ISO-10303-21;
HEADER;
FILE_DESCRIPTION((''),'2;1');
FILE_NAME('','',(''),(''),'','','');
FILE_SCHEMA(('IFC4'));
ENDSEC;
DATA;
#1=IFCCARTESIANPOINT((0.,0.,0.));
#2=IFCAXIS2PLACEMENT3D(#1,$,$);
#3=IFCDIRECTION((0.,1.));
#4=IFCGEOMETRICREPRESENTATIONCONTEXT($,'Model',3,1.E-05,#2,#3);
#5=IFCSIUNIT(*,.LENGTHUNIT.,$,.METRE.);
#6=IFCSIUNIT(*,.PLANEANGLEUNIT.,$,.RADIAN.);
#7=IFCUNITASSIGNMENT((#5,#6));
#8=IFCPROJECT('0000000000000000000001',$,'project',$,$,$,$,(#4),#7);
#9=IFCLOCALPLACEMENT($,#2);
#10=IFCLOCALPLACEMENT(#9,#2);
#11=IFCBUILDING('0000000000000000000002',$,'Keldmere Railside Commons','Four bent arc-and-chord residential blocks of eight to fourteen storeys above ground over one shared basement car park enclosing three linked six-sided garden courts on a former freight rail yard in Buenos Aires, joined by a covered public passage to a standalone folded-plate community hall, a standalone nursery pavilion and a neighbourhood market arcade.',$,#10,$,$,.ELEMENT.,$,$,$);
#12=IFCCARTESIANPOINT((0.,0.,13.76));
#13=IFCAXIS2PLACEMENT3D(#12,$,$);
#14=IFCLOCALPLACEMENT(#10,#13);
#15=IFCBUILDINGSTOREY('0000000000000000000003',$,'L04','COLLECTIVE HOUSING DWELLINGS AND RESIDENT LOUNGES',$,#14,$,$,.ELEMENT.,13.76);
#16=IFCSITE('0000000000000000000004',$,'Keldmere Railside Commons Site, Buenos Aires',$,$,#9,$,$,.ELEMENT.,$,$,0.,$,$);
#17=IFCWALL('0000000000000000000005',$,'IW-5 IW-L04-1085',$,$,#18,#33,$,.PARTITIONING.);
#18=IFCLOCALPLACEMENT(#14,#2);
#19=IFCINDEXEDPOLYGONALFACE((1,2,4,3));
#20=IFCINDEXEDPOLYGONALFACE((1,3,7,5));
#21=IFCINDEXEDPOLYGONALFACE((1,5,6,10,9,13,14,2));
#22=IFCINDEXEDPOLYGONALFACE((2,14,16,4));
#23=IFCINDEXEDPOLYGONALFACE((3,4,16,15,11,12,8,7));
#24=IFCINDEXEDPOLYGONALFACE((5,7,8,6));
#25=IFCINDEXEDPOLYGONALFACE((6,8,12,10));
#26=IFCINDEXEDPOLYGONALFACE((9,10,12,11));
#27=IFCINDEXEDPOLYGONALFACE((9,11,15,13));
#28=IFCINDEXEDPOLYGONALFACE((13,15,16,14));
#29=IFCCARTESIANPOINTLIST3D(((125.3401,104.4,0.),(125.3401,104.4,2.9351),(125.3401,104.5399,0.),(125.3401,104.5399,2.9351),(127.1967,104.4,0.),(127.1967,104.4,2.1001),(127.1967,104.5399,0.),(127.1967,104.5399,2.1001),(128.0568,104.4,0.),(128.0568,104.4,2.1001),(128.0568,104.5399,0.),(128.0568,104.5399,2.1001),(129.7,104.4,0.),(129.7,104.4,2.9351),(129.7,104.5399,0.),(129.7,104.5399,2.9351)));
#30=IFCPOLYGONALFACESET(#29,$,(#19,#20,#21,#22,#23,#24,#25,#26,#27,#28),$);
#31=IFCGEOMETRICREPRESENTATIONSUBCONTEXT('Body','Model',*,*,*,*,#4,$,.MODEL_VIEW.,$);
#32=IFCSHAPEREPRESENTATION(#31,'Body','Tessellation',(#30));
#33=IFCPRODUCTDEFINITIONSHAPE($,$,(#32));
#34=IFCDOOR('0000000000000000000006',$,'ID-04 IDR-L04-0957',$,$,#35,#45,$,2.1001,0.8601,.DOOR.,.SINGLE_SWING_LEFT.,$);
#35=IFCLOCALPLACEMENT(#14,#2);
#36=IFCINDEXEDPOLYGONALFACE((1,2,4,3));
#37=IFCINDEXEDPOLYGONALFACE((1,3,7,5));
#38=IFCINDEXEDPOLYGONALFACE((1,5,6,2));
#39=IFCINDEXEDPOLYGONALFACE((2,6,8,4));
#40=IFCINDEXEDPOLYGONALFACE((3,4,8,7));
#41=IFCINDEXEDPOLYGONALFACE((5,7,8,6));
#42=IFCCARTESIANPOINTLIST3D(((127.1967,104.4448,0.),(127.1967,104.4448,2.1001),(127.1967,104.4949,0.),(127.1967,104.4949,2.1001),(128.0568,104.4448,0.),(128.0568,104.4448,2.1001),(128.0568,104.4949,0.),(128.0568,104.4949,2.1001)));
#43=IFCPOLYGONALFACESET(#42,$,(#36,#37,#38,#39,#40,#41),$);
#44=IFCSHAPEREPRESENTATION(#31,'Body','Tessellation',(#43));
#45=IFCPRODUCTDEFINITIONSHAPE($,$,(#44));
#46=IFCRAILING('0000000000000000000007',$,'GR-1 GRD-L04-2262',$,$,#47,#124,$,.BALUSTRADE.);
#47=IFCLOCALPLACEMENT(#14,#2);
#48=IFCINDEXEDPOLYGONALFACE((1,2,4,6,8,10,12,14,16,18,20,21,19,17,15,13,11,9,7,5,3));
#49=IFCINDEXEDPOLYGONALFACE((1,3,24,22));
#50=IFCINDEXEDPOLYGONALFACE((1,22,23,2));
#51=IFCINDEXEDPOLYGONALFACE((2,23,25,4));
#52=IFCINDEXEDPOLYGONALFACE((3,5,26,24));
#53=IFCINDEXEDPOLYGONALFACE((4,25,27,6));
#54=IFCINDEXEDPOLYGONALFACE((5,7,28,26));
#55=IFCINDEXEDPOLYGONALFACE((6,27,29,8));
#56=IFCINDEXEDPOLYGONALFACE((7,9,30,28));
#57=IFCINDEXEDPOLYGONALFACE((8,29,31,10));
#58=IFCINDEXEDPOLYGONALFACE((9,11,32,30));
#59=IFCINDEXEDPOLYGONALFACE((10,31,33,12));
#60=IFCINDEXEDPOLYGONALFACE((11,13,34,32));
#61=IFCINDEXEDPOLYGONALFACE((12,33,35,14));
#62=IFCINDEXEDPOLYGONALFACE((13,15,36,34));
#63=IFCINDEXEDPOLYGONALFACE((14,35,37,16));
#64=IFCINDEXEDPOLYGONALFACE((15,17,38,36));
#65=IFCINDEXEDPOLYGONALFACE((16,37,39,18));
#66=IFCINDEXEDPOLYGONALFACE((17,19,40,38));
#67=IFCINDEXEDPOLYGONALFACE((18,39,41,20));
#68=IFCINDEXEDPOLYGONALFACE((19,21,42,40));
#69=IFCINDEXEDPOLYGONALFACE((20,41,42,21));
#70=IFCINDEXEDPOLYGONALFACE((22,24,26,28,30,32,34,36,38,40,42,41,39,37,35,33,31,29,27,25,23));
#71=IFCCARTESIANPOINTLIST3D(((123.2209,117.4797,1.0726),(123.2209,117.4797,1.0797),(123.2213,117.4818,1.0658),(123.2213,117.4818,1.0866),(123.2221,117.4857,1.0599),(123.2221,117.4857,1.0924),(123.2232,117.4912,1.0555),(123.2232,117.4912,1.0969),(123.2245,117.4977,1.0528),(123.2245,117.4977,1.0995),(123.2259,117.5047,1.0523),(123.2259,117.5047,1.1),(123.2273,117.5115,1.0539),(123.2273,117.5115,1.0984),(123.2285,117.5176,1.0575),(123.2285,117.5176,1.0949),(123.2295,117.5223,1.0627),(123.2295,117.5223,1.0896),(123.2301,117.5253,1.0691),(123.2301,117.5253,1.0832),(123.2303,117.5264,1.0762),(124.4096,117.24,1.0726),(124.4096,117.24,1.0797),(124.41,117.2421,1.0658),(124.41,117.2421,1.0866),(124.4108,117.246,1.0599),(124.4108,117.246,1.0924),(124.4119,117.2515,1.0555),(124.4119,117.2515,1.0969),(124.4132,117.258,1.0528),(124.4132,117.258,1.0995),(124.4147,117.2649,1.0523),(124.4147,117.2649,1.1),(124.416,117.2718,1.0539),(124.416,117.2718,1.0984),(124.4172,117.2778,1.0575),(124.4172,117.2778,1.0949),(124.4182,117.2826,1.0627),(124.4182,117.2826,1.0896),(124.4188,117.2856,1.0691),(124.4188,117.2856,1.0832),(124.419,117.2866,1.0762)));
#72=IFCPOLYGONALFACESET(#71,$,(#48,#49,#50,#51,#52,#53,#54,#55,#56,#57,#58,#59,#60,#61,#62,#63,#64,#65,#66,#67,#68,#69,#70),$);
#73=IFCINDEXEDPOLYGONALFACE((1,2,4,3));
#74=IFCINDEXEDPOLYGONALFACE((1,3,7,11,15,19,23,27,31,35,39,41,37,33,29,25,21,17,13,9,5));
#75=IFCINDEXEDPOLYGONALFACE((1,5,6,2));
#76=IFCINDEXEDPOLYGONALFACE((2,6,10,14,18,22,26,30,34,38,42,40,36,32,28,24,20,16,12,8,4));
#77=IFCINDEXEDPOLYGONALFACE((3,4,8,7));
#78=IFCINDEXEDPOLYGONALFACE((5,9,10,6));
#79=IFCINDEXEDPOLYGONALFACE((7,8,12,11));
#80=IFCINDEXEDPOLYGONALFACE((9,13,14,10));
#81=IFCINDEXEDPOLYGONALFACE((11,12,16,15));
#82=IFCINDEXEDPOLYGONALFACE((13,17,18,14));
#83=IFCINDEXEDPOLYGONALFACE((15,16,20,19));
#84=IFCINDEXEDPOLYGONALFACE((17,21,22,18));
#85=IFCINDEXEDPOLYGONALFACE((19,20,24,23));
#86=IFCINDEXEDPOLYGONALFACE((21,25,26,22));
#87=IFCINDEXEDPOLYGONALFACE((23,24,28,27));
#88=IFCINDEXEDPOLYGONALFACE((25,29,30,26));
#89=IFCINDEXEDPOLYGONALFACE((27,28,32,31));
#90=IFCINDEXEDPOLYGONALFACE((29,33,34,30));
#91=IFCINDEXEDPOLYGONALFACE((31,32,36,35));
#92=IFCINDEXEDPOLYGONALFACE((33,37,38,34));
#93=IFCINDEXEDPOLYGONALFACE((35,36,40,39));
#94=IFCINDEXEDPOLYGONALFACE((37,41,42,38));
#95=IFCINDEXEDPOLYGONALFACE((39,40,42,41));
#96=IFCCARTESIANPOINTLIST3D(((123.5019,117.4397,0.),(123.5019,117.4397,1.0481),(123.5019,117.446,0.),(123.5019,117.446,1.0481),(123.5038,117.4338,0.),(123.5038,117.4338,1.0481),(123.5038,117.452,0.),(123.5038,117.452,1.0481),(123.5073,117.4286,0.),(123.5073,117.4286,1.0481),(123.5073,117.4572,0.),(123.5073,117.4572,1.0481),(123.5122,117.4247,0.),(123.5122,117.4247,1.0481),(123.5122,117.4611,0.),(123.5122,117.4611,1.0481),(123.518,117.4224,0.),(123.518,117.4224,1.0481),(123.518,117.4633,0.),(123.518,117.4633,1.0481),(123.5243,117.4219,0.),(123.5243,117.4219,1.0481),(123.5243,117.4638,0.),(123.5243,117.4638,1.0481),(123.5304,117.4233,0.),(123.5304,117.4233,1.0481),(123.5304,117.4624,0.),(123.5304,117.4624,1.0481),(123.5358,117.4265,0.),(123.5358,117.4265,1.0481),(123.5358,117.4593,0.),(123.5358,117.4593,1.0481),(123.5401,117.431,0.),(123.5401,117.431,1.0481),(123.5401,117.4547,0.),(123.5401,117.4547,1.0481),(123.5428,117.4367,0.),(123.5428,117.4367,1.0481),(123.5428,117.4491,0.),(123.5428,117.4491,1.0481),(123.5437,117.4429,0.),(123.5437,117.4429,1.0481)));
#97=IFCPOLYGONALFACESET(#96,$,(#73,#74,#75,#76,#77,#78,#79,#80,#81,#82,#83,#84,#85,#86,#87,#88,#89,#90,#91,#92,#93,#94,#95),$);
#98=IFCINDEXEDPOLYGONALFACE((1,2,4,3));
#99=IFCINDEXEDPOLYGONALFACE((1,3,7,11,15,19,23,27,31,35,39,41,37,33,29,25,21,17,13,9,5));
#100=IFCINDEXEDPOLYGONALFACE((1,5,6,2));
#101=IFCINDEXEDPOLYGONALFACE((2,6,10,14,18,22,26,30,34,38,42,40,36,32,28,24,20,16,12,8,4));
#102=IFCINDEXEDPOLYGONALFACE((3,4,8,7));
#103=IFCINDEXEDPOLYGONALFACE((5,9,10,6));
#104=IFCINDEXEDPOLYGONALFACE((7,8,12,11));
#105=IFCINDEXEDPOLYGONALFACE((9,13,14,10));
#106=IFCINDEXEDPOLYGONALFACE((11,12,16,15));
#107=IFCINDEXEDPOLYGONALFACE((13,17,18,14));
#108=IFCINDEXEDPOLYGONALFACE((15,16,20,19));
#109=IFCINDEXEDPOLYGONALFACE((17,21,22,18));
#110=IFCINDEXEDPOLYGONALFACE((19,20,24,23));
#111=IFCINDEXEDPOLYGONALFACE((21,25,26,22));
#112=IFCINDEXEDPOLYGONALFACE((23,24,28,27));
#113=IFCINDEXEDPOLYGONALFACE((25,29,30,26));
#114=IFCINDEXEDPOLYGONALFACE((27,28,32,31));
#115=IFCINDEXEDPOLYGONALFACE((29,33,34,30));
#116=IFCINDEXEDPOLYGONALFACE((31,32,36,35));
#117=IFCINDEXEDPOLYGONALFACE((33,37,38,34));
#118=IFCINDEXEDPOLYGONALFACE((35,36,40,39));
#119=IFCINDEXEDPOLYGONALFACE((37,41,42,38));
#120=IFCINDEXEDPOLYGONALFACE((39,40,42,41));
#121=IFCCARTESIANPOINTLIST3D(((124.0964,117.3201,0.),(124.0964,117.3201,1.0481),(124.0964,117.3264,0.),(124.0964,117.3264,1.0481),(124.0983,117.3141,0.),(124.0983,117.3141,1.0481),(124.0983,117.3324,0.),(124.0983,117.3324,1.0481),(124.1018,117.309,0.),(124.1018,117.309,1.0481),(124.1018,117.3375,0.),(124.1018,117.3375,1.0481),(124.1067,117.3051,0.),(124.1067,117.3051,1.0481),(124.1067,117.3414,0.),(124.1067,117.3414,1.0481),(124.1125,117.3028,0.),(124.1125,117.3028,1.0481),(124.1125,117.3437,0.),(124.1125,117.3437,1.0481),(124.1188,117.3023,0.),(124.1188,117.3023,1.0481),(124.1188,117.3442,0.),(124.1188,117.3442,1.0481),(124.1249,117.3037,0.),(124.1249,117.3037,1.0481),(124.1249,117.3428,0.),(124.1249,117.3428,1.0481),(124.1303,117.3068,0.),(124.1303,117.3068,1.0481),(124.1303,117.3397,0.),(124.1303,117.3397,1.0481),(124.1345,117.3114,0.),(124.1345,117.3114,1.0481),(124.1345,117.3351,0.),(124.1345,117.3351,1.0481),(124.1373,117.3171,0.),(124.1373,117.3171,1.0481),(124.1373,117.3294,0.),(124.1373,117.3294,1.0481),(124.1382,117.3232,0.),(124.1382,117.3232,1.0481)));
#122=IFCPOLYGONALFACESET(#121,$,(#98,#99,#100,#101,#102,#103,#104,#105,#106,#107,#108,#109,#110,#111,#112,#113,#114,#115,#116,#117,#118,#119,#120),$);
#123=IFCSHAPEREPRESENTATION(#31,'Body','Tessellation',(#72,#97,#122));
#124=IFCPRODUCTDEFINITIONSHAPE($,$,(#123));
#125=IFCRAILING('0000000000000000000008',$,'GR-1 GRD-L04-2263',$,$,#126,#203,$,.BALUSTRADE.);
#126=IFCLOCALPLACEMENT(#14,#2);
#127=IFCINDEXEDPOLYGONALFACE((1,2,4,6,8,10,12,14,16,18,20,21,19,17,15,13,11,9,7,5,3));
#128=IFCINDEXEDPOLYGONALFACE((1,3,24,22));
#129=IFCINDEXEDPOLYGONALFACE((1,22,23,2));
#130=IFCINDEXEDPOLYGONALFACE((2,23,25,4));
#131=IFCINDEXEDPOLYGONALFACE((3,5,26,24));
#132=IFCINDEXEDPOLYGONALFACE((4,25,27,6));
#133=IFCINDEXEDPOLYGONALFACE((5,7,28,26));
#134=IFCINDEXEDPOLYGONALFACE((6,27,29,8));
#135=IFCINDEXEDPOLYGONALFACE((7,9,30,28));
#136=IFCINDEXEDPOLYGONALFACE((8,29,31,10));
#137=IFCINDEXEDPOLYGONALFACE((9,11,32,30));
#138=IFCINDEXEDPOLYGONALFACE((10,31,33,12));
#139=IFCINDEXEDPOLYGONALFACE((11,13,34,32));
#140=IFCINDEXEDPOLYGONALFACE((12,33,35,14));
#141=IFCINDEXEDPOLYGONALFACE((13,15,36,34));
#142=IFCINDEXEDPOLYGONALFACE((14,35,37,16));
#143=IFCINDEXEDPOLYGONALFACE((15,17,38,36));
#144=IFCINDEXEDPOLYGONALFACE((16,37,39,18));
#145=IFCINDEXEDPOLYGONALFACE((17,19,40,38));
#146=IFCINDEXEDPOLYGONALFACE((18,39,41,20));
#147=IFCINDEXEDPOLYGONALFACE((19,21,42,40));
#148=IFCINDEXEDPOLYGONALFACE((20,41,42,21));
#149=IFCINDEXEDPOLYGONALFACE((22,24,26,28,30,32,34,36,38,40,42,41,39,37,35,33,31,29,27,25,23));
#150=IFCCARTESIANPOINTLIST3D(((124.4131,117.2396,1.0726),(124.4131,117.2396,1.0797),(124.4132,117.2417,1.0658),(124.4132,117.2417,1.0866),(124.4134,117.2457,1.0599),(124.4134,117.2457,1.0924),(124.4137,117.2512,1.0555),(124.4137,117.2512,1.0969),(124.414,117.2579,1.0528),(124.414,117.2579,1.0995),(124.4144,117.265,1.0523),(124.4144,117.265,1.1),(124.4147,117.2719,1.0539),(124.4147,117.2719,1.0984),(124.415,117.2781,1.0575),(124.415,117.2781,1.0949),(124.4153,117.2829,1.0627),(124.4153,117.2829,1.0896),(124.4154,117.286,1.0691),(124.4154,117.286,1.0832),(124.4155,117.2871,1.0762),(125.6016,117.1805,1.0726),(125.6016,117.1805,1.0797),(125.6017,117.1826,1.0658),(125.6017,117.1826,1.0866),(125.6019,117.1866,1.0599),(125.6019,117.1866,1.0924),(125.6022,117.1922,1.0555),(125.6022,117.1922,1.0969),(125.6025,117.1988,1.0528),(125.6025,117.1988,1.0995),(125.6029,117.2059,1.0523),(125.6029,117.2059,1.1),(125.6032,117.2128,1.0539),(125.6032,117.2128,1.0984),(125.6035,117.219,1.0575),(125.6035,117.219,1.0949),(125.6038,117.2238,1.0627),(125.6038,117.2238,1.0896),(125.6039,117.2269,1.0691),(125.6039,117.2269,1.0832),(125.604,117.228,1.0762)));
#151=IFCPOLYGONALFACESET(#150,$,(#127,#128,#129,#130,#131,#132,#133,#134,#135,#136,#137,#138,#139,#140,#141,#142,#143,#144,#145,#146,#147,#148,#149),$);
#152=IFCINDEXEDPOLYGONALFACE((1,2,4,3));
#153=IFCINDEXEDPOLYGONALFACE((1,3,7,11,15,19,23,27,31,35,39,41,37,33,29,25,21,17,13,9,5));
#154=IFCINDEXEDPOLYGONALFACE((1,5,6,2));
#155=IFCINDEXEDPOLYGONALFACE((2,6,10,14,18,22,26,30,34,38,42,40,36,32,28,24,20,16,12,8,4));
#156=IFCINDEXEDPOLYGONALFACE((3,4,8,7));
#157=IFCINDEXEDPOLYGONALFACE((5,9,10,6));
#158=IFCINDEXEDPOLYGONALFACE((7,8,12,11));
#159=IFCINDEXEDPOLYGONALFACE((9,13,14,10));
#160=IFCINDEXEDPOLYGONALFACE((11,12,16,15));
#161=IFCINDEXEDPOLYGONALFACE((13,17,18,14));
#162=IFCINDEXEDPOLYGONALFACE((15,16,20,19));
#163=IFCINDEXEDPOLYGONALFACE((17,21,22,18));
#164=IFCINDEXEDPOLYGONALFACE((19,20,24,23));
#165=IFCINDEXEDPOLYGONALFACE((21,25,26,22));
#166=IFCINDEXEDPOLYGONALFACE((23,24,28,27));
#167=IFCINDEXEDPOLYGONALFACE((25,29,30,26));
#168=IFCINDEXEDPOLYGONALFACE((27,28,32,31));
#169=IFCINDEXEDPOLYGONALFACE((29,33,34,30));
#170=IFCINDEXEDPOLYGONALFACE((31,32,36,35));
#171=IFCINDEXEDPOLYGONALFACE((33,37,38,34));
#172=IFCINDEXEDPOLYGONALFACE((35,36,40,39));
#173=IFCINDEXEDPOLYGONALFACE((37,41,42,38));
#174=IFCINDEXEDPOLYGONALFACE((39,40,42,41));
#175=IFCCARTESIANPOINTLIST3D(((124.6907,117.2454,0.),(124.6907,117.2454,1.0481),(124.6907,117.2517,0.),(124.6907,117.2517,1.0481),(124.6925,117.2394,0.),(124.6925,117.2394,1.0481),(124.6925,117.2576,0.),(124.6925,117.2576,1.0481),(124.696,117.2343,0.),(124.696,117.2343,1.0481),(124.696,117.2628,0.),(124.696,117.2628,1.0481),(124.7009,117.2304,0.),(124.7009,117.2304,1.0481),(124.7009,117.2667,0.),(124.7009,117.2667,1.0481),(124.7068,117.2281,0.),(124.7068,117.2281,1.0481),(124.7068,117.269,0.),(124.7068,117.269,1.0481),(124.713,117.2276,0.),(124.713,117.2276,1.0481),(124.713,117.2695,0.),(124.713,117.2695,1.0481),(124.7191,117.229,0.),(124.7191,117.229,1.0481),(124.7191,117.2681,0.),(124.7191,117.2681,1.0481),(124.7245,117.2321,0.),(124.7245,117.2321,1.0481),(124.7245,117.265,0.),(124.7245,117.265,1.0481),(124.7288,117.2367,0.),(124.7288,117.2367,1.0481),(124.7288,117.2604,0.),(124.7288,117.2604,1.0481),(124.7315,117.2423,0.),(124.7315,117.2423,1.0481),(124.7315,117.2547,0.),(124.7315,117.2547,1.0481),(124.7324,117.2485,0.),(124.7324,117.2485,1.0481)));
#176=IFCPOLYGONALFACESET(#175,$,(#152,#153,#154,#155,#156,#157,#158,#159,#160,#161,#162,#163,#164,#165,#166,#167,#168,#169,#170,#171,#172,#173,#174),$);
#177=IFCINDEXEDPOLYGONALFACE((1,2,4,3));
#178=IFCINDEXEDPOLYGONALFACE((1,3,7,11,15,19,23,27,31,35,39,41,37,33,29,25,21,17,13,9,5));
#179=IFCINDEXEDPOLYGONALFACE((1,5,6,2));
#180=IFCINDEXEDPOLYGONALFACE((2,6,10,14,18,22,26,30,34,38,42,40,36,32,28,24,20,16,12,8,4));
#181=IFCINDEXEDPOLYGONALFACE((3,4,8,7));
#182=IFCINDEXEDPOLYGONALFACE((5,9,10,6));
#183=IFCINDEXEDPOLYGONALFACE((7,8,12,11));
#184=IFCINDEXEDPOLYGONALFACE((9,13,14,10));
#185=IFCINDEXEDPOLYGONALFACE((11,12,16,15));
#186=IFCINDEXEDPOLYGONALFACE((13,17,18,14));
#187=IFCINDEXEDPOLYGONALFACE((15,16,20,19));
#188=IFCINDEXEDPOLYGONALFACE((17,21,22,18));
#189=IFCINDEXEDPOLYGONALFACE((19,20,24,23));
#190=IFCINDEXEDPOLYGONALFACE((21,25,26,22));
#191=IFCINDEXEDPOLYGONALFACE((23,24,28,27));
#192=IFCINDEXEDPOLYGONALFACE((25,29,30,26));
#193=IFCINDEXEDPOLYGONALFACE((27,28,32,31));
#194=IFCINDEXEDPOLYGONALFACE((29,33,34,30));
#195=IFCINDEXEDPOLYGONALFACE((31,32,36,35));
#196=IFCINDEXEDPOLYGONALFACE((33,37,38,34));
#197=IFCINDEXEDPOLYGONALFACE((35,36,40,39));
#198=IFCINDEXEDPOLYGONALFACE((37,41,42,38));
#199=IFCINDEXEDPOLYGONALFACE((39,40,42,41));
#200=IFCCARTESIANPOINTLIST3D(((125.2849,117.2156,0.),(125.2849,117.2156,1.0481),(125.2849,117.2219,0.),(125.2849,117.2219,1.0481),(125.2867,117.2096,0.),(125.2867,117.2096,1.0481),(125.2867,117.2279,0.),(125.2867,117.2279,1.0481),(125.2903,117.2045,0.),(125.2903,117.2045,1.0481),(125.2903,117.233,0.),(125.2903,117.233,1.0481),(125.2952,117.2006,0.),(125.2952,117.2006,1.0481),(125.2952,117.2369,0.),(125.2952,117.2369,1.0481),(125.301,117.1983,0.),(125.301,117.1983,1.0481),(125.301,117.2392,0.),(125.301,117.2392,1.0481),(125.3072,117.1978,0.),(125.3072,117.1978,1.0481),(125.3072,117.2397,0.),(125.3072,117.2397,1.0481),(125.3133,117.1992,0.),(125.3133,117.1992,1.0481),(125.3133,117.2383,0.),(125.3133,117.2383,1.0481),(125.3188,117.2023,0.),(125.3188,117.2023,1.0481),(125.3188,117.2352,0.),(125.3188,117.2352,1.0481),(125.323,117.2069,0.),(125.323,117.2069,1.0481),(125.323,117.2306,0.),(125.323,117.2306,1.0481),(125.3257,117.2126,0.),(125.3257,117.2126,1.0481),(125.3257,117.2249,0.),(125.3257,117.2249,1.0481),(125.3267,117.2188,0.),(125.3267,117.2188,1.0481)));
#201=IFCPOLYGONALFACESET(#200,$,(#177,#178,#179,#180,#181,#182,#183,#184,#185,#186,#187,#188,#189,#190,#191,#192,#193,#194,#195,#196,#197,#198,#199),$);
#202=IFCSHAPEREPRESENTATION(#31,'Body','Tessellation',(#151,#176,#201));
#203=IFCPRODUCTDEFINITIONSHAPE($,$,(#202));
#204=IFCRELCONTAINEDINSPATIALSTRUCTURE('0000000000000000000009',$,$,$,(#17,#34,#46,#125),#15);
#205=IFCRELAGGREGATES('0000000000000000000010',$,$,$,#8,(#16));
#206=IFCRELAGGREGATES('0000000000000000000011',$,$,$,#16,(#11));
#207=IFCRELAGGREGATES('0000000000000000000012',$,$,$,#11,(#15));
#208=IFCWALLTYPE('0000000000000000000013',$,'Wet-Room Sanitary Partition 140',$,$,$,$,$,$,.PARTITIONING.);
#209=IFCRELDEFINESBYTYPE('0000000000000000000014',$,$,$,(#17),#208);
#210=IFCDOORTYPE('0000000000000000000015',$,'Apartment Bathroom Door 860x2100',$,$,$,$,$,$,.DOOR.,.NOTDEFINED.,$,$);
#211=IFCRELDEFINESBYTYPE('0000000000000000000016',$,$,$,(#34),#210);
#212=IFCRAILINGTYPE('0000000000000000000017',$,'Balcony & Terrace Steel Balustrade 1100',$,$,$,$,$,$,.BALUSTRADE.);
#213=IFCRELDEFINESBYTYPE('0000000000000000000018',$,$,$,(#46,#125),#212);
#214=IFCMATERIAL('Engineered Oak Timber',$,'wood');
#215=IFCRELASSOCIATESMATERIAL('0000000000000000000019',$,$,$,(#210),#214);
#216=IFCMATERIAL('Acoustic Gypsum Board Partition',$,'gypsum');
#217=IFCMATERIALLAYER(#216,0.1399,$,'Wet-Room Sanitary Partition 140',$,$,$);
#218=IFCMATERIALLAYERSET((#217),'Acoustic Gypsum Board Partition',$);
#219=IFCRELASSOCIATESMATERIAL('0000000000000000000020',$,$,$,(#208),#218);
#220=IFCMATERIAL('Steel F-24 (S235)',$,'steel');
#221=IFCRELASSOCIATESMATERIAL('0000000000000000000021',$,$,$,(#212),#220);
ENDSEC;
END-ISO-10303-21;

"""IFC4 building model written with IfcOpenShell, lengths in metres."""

from ifc_helpers import new_model, si_unit, direction, frame, frame_2d, origin, origin_2d, place, context, subcontext, project, spatial, rectangle, circle, extrude, material, layer, layer_set, type_object, element, fill, save


model = new_model("IFC4")

# Units and contexts
model_context = context("Model", 3, precision=1e-05, world=origin(), true_north=direction((0.0, 1.0)))
body_context = subcontext(model_context, "Body", "Model", "MODEL_VIEW")
ifc_project = project(units=[si_unit("LENGTHUNIT", "METRE"), si_unit("PLANEANGLEUNIT", "RADIAN")], contexts=[model_context])

# Site, building, storey
site_placement = place(None, origin())
site = spatial("IfcSite", under=ifc_project, at=site_placement, Name="Keldmere Railside Commons Site, Buenos Aires", CompositionType="ELEMENT", RefElevation=0.0)
building_placement = place(site_placement, origin())
building = spatial("IfcBuilding", under=site, at=building_placement, Name="Keldmere Railside Commons", Description="Four bent arc-and-chord residential blocks of eight to fourteen storeys above ground over one shared basement car park enclosing three linked six-sided garden courts on a former freight rail yard in Buenos Aires, joined by a covered public passage to a standalone folded-plate community hall, a standalone nursery pavilion and a neighbourhood market arcade.", CompositionType="ELEMENT")
storey_placement = place(building_placement, frame((0.0, 0.0, 13.76)))
storey = spatial("IfcBuildingStorey", under=building, at=storey_placement, Name="L04", Description="COLLECTIVE HOUSING DWELLINGS AND RESIDENT LOUNGES", CompositionType="ELEMENT", Elevation=13.76)

# Shared definitions
ifc_material_1 = material(Name="Acoustic Gypsum Board Partition", Category="gypsum")
ifc_material_2 = material(Name="Engineered Oak Timber", Category="wood")
door_type_1 = type_object("IfcDoorType", Name="Apartment Bathroom Door 860x2100", OperationType="NOTDEFINED", PredefinedType="DOOR", material=ifc_material_2)

# Wall, opening, door
ifc_layer_1 = layer(ifc_material_1, 0.1399, Name="Wet-Room Sanitary Partition 140")
ifc_layer_set_1 = layer_set([ifc_layer_1], Name="Acoustic Gypsum Board Partition")
wall_type_1 = type_object("IfcWallType", Name="Wet-Room Sanitary Partition 140", PredefinedType="PARTITIONING", material=ifc_layer_set_1)
wall_1_placement = place(storey_placement, frame((125.3401, 104.47, 0.0), z_axis=(0.0, 0.0, 1.0), x_axis=(1.0, 0.0, 0.0)))
wall_1 = element("IfcWall", 1, at=wall_1_placement, inside=storey, type_object=wall_type_1, Name="IW-5 IW-L04-1085", PredefinedType="PARTITIONING", context=body_context, shape_type="SweptSolid", body=[
    extrude(rectangle(XDim=4.3599, YDim=0.1399, at=frame_2d((2.1799, 0.0))), origin(), (0.0, 0.0, 1.0), 2.9351),
])
opening_1_placement = place(wall_1_placement, frame((1.8564, 0.0, 0.0)))
opening_1 = element("IfcOpeningElement", 2, at=opening_1_placement, cuts=wall_1, PredefinedType="OPENING", context=body_context, shape_type="SweptSolid", body=[
    extrude(rectangle(XDim=0.8601, YDim=2.1001, at=frame_2d((0.4302, 1.05))), frame((0.0, 0.0798, 0.0), z_axis=(0.0, -1.0, 0.0), x_axis=(1.0, 0.0, 0.0)), (0.0, 0.0, 1.0), 0.1599),
])
door_1_placement = place(opening_1_placement, origin())
door_1 = element("IfcDoor", 3, at=door_1_placement, inside=storey, type_object=door_type_1, Name="ID-04 IDR-L04-0957", OperationType="SINGLE_SWING_LEFT", OverallHeight=2.1001, OverallWidth=0.8601, PredefinedType="DOOR", context=body_context, shape_type="SweptSolid", body=[
    extrude(rectangle(XDim=0.8601, YDim=2.1001, at=frame_2d((0.4302, 1.05))), frame((0.0, 0.0249, 0.0), z_axis=(0.0, -1.0, 0.0), x_axis=(1.0, 0.0, 0.0)), (0.0, 0.0, 1.0), 0.05),
])
fill(opening_1, door_1)

# Railings
ifc_material_3 = material(Name="Steel F-24 (S235)", Category="steel")
railing_type_1 = type_object("IfcRailingType", Name="Balcony & Terrace Steel Balustrade 1100", PredefinedType="BALUSTRADE", material=ifc_material_3)
railing_1_placement = place(storey_placement, frame((123.2256, 117.5029, 0.0)))
element("IfcRailing", 4, at=railing_1_placement, inside=storey, type_object=railing_type_1, Name="GR-1 GRD-L04-2262", PredefinedType="BALUSTRADE", context=body_context, shape_type="SweptSolid", body=[
    extrude(circle(Radius=0.0239, at=origin_2d()), frame((0.0, 0.0, 1.0762), z_axis=(0.980262, -0.197703, 0.0), x_axis=(0.197703, 0.980262, 0.0)), (0.0, 0.0, 1.0), 1.2126),
    extrude(circle(Radius=0.021, at=origin_2d()), frame((0.2971, -0.0601, 0.0)), (0.0, 0.0, 1.0), 1.0481),
    extrude(circle(Radius=0.021, at=origin_2d()), frame((0.8916, -0.1797, 0.0)), (0.0, 0.0, 1.0), 1.0481),
])
railing_2_placement = place(storey_placement, frame((124.4143, 117.2632, 0.0)))
element("IfcRailing", 5, at=railing_2_placement, inside=storey, type_object=railing_type_1, Name="GR-1 GRD-L04-2263", PredefinedType="BALUSTRADE", context=body_context, shape_type="SweptSolid", body=[
    extrude(circle(Radius=0.0239, at=origin_2d()), frame((0.0, 0.0, 1.0762), z_axis=(0.998767, -0.049651, 0.0), x_axis=(0.049651, 0.998767, 0.0)), (0.0, 0.0, 1.0), 1.1899),
    extrude(circle(Radius=0.021, at=origin_2d()), frame((0.2971, -0.0146, 0.0)), (0.0, 0.0, 1.0), 1.0481),
    extrude(circle(Radius=0.021, at=origin_2d()), frame((0.8914, -0.0444, 0.0)), (0.0, 0.0, 1.0), 1.0481),
])

save(model, "model.ifc")
